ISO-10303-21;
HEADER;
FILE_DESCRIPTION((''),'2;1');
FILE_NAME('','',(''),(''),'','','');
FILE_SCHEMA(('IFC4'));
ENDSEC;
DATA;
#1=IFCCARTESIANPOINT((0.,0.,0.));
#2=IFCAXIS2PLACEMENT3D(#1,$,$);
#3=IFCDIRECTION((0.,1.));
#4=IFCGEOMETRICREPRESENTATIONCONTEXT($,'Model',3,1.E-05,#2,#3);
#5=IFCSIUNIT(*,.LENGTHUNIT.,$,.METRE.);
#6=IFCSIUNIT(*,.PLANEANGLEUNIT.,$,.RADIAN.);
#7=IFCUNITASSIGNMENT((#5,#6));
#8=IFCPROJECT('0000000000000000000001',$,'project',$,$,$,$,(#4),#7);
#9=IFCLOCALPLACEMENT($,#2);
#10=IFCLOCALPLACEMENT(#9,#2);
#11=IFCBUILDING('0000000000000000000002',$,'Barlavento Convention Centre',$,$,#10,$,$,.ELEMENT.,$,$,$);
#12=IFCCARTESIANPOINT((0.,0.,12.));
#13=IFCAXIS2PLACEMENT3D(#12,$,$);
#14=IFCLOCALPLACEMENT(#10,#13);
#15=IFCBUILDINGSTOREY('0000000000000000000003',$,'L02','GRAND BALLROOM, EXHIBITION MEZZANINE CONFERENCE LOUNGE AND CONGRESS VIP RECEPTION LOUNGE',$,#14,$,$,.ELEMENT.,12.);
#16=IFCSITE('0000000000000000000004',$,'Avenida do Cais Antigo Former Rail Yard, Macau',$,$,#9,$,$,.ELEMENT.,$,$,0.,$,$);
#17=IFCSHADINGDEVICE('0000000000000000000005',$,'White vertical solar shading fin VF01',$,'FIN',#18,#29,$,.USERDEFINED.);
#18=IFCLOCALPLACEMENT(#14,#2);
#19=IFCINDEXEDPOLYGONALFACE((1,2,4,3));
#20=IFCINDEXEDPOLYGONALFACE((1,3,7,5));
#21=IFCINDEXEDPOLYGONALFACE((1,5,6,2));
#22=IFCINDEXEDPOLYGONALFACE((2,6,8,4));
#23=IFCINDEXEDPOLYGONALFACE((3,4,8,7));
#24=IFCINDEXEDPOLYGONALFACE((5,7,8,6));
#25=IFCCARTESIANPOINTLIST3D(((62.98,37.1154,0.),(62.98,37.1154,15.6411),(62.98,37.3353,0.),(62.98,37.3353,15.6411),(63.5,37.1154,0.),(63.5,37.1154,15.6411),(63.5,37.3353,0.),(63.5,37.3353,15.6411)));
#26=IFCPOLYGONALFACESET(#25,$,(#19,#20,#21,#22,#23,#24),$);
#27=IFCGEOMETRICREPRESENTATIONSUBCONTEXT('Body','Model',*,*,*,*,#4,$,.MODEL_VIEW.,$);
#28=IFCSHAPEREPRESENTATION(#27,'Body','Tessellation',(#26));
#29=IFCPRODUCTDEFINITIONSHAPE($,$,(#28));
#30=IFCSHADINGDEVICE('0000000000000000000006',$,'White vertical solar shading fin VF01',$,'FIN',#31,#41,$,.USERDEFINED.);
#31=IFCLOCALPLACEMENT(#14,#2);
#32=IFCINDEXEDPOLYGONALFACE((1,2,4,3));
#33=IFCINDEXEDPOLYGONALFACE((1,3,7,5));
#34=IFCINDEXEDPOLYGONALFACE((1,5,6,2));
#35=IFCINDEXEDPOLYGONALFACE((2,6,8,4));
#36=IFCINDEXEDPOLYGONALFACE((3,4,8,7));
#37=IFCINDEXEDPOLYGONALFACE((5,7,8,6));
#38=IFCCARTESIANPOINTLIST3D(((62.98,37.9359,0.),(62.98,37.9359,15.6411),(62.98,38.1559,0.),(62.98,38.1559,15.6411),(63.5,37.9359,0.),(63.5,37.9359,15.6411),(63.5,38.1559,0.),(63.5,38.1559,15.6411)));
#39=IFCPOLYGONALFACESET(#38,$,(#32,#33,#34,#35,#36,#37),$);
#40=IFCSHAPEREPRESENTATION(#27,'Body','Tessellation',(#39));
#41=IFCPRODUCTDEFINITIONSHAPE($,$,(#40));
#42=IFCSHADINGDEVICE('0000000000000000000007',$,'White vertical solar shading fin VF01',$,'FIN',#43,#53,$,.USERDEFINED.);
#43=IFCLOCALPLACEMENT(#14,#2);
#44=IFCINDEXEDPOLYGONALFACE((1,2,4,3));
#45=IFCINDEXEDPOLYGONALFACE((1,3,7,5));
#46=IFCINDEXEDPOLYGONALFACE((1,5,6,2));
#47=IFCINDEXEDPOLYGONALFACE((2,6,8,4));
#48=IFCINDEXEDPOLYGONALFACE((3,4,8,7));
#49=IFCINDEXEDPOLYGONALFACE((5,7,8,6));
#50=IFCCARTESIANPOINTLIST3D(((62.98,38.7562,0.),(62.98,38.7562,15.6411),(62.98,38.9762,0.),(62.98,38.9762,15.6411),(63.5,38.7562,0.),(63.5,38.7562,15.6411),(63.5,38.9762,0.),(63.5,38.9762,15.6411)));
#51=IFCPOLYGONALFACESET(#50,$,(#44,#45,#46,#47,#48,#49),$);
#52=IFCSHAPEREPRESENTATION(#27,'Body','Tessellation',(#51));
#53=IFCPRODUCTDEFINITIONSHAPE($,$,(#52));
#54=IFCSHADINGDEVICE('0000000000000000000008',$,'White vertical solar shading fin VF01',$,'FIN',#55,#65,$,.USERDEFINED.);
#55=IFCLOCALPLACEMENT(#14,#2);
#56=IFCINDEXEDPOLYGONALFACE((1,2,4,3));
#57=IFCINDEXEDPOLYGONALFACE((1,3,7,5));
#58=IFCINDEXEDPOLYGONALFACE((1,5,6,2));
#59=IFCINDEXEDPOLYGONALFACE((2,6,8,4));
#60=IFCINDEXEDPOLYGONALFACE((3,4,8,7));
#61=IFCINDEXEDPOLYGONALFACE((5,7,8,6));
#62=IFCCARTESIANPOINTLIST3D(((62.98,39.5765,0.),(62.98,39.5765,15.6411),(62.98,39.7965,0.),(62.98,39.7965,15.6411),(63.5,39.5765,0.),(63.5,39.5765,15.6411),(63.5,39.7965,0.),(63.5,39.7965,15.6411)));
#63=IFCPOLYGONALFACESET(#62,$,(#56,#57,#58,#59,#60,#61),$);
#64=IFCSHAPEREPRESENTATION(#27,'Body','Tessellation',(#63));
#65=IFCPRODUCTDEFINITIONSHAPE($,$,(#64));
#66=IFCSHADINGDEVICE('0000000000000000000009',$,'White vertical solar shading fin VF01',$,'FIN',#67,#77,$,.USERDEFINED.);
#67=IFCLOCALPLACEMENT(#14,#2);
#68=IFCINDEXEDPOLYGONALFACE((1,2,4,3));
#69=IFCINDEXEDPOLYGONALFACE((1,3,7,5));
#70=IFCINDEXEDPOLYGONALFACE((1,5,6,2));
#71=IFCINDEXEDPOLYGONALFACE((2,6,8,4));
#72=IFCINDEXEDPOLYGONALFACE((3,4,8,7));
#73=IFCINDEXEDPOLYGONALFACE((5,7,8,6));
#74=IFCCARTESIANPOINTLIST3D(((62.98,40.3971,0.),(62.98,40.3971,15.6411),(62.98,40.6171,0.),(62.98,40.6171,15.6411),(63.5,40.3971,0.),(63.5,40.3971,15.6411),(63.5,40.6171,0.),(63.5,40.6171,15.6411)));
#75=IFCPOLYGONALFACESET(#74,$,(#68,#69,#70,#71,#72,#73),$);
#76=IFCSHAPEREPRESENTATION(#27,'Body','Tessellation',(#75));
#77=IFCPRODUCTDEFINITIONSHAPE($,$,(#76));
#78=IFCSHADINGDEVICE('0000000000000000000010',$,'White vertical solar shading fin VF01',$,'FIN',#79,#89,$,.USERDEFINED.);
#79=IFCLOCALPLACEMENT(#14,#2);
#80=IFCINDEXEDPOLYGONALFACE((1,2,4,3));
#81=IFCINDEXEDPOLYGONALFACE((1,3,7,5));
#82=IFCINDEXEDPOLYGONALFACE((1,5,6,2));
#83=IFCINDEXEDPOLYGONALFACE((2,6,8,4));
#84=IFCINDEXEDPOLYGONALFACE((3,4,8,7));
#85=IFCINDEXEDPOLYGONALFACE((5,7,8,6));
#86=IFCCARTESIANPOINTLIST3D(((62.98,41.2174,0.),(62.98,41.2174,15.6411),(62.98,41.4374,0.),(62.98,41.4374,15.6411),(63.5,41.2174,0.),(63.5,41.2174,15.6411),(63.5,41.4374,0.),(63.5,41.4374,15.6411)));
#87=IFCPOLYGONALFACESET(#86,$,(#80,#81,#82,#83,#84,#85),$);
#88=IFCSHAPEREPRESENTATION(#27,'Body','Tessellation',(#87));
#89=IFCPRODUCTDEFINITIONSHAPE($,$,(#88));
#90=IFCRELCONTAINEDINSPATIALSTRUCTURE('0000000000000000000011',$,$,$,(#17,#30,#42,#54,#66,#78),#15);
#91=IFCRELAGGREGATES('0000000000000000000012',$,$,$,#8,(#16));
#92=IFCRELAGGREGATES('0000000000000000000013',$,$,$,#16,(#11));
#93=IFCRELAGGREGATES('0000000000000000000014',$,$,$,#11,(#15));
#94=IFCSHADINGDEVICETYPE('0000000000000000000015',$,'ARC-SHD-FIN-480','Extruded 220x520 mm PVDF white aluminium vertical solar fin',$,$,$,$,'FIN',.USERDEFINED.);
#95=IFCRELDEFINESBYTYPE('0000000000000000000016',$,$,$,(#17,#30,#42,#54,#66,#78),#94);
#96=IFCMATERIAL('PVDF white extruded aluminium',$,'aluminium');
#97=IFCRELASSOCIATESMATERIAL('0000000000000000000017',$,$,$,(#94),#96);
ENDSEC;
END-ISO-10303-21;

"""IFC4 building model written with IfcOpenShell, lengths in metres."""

from ifc_helpers import new_model, si_unit, direction, frame, origin, origin_2d, place, context, subcontext, project, spatial, rectangle, extrude, material, type_object, element, save


model = new_model("IFC4")

# Units and contexts
model_context = context("Model", 3, precision=1e-05, world=origin(), true_north=direction((0.0, 1.0)))
body_context = subcontext(model_context, "Body", "Model", "MODEL_VIEW")
ifc_project = project(units=[si_unit("LENGTHUNIT", "METRE"), si_unit("PLANEANGLEUNIT", "RADIAN")], contexts=[model_context])

# Site, building, storey
site_placement = place(None, origin())
site = spatial("IfcSite", under=ifc_project, at=site_placement, Name="Avenida do Cais Antigo Former Rail Yard, Macau", CompositionType="ELEMENT", RefElevation=0.0)
building_placement = place(site_placement, origin())
building = spatial("IfcBuilding", under=site, at=building_placement, Name="Barlavento Convention Centre", CompositionType="ELEMENT")
storey_placement = place(building_placement, frame((0.0, 0.0, 12.0)))
storey = spatial("IfcBuildingStorey", under=building, at=storey_placement, Name="L02", Description="GRAND BALLROOM, EXHIBITION MEZZANINE CONFERENCE LOUNGE AND CONGRESS VIP RECEPTION LOUNGE", CompositionType="ELEMENT", Elevation=12.0)

# Shading devices
ifc_material_1 = material(Name="PVDF white extruded aluminium", Category="aluminium")
shading_device_type = type_object("IfcShadingDeviceType", Name="ARC-SHD-FIN-480", Description="Extruded 220x520 mm PVDF white aluminium vertical solar fin", ElementType="FIN", PredefinedType="USERDEFINED", material=ifc_material_1)
for number, where, z_axis, x_axis, name in (
    (1, (63.24, 37.2253, 0.0), (0.0, 0.0, 1.0), (0.0, 1.0, 0.0), "White vertical solar shading fin VF01"),
    (2, (63.24, 38.0459, 0.0), (0.0, 0.0, 1.0), (0.0, 1.0, 0.0), "White vertical solar shading fin VF01"),
    (3, (63.24, 38.8662, 0.0), (0.0, 0.0, 1.0), (0.0, 1.0, 0.0), "White vertical solar shading fin VF01"),
    (4, (63.24, 39.6865, 0.0), (0.0, 0.0, 1.0), (0.0, 1.0, 0.0), "White vertical solar shading fin VF01"),
    (5, (63.24, 40.5071, 0.0), (0.0, 0.0, 1.0), (0.0, 1.0, 0.0), "White vertical solar shading fin VF01"),
    (6, (63.24, 41.3274, 0.0), (0.0, 0.0, 1.0), (0.0, 1.0, 0.0), "White vertical solar shading fin VF01"),
):
    element("IfcShadingDevice", number, at=place(storey_placement, frame(where, z_axis=z_axis, x_axis=x_axis)), inside=storey, type_object=shading_device_type, Name=name, ObjectType="FIN", PredefinedType="USERDEFINED", context=body_context, shape_type="SweptSolid", body=[
        extrude(rectangle(XDim=0.22, YDim=0.52, at=origin_2d()), origin(), (0.0, 0.0, 1.0), 15.6411),
    ])

save(model, "model.ifc")
